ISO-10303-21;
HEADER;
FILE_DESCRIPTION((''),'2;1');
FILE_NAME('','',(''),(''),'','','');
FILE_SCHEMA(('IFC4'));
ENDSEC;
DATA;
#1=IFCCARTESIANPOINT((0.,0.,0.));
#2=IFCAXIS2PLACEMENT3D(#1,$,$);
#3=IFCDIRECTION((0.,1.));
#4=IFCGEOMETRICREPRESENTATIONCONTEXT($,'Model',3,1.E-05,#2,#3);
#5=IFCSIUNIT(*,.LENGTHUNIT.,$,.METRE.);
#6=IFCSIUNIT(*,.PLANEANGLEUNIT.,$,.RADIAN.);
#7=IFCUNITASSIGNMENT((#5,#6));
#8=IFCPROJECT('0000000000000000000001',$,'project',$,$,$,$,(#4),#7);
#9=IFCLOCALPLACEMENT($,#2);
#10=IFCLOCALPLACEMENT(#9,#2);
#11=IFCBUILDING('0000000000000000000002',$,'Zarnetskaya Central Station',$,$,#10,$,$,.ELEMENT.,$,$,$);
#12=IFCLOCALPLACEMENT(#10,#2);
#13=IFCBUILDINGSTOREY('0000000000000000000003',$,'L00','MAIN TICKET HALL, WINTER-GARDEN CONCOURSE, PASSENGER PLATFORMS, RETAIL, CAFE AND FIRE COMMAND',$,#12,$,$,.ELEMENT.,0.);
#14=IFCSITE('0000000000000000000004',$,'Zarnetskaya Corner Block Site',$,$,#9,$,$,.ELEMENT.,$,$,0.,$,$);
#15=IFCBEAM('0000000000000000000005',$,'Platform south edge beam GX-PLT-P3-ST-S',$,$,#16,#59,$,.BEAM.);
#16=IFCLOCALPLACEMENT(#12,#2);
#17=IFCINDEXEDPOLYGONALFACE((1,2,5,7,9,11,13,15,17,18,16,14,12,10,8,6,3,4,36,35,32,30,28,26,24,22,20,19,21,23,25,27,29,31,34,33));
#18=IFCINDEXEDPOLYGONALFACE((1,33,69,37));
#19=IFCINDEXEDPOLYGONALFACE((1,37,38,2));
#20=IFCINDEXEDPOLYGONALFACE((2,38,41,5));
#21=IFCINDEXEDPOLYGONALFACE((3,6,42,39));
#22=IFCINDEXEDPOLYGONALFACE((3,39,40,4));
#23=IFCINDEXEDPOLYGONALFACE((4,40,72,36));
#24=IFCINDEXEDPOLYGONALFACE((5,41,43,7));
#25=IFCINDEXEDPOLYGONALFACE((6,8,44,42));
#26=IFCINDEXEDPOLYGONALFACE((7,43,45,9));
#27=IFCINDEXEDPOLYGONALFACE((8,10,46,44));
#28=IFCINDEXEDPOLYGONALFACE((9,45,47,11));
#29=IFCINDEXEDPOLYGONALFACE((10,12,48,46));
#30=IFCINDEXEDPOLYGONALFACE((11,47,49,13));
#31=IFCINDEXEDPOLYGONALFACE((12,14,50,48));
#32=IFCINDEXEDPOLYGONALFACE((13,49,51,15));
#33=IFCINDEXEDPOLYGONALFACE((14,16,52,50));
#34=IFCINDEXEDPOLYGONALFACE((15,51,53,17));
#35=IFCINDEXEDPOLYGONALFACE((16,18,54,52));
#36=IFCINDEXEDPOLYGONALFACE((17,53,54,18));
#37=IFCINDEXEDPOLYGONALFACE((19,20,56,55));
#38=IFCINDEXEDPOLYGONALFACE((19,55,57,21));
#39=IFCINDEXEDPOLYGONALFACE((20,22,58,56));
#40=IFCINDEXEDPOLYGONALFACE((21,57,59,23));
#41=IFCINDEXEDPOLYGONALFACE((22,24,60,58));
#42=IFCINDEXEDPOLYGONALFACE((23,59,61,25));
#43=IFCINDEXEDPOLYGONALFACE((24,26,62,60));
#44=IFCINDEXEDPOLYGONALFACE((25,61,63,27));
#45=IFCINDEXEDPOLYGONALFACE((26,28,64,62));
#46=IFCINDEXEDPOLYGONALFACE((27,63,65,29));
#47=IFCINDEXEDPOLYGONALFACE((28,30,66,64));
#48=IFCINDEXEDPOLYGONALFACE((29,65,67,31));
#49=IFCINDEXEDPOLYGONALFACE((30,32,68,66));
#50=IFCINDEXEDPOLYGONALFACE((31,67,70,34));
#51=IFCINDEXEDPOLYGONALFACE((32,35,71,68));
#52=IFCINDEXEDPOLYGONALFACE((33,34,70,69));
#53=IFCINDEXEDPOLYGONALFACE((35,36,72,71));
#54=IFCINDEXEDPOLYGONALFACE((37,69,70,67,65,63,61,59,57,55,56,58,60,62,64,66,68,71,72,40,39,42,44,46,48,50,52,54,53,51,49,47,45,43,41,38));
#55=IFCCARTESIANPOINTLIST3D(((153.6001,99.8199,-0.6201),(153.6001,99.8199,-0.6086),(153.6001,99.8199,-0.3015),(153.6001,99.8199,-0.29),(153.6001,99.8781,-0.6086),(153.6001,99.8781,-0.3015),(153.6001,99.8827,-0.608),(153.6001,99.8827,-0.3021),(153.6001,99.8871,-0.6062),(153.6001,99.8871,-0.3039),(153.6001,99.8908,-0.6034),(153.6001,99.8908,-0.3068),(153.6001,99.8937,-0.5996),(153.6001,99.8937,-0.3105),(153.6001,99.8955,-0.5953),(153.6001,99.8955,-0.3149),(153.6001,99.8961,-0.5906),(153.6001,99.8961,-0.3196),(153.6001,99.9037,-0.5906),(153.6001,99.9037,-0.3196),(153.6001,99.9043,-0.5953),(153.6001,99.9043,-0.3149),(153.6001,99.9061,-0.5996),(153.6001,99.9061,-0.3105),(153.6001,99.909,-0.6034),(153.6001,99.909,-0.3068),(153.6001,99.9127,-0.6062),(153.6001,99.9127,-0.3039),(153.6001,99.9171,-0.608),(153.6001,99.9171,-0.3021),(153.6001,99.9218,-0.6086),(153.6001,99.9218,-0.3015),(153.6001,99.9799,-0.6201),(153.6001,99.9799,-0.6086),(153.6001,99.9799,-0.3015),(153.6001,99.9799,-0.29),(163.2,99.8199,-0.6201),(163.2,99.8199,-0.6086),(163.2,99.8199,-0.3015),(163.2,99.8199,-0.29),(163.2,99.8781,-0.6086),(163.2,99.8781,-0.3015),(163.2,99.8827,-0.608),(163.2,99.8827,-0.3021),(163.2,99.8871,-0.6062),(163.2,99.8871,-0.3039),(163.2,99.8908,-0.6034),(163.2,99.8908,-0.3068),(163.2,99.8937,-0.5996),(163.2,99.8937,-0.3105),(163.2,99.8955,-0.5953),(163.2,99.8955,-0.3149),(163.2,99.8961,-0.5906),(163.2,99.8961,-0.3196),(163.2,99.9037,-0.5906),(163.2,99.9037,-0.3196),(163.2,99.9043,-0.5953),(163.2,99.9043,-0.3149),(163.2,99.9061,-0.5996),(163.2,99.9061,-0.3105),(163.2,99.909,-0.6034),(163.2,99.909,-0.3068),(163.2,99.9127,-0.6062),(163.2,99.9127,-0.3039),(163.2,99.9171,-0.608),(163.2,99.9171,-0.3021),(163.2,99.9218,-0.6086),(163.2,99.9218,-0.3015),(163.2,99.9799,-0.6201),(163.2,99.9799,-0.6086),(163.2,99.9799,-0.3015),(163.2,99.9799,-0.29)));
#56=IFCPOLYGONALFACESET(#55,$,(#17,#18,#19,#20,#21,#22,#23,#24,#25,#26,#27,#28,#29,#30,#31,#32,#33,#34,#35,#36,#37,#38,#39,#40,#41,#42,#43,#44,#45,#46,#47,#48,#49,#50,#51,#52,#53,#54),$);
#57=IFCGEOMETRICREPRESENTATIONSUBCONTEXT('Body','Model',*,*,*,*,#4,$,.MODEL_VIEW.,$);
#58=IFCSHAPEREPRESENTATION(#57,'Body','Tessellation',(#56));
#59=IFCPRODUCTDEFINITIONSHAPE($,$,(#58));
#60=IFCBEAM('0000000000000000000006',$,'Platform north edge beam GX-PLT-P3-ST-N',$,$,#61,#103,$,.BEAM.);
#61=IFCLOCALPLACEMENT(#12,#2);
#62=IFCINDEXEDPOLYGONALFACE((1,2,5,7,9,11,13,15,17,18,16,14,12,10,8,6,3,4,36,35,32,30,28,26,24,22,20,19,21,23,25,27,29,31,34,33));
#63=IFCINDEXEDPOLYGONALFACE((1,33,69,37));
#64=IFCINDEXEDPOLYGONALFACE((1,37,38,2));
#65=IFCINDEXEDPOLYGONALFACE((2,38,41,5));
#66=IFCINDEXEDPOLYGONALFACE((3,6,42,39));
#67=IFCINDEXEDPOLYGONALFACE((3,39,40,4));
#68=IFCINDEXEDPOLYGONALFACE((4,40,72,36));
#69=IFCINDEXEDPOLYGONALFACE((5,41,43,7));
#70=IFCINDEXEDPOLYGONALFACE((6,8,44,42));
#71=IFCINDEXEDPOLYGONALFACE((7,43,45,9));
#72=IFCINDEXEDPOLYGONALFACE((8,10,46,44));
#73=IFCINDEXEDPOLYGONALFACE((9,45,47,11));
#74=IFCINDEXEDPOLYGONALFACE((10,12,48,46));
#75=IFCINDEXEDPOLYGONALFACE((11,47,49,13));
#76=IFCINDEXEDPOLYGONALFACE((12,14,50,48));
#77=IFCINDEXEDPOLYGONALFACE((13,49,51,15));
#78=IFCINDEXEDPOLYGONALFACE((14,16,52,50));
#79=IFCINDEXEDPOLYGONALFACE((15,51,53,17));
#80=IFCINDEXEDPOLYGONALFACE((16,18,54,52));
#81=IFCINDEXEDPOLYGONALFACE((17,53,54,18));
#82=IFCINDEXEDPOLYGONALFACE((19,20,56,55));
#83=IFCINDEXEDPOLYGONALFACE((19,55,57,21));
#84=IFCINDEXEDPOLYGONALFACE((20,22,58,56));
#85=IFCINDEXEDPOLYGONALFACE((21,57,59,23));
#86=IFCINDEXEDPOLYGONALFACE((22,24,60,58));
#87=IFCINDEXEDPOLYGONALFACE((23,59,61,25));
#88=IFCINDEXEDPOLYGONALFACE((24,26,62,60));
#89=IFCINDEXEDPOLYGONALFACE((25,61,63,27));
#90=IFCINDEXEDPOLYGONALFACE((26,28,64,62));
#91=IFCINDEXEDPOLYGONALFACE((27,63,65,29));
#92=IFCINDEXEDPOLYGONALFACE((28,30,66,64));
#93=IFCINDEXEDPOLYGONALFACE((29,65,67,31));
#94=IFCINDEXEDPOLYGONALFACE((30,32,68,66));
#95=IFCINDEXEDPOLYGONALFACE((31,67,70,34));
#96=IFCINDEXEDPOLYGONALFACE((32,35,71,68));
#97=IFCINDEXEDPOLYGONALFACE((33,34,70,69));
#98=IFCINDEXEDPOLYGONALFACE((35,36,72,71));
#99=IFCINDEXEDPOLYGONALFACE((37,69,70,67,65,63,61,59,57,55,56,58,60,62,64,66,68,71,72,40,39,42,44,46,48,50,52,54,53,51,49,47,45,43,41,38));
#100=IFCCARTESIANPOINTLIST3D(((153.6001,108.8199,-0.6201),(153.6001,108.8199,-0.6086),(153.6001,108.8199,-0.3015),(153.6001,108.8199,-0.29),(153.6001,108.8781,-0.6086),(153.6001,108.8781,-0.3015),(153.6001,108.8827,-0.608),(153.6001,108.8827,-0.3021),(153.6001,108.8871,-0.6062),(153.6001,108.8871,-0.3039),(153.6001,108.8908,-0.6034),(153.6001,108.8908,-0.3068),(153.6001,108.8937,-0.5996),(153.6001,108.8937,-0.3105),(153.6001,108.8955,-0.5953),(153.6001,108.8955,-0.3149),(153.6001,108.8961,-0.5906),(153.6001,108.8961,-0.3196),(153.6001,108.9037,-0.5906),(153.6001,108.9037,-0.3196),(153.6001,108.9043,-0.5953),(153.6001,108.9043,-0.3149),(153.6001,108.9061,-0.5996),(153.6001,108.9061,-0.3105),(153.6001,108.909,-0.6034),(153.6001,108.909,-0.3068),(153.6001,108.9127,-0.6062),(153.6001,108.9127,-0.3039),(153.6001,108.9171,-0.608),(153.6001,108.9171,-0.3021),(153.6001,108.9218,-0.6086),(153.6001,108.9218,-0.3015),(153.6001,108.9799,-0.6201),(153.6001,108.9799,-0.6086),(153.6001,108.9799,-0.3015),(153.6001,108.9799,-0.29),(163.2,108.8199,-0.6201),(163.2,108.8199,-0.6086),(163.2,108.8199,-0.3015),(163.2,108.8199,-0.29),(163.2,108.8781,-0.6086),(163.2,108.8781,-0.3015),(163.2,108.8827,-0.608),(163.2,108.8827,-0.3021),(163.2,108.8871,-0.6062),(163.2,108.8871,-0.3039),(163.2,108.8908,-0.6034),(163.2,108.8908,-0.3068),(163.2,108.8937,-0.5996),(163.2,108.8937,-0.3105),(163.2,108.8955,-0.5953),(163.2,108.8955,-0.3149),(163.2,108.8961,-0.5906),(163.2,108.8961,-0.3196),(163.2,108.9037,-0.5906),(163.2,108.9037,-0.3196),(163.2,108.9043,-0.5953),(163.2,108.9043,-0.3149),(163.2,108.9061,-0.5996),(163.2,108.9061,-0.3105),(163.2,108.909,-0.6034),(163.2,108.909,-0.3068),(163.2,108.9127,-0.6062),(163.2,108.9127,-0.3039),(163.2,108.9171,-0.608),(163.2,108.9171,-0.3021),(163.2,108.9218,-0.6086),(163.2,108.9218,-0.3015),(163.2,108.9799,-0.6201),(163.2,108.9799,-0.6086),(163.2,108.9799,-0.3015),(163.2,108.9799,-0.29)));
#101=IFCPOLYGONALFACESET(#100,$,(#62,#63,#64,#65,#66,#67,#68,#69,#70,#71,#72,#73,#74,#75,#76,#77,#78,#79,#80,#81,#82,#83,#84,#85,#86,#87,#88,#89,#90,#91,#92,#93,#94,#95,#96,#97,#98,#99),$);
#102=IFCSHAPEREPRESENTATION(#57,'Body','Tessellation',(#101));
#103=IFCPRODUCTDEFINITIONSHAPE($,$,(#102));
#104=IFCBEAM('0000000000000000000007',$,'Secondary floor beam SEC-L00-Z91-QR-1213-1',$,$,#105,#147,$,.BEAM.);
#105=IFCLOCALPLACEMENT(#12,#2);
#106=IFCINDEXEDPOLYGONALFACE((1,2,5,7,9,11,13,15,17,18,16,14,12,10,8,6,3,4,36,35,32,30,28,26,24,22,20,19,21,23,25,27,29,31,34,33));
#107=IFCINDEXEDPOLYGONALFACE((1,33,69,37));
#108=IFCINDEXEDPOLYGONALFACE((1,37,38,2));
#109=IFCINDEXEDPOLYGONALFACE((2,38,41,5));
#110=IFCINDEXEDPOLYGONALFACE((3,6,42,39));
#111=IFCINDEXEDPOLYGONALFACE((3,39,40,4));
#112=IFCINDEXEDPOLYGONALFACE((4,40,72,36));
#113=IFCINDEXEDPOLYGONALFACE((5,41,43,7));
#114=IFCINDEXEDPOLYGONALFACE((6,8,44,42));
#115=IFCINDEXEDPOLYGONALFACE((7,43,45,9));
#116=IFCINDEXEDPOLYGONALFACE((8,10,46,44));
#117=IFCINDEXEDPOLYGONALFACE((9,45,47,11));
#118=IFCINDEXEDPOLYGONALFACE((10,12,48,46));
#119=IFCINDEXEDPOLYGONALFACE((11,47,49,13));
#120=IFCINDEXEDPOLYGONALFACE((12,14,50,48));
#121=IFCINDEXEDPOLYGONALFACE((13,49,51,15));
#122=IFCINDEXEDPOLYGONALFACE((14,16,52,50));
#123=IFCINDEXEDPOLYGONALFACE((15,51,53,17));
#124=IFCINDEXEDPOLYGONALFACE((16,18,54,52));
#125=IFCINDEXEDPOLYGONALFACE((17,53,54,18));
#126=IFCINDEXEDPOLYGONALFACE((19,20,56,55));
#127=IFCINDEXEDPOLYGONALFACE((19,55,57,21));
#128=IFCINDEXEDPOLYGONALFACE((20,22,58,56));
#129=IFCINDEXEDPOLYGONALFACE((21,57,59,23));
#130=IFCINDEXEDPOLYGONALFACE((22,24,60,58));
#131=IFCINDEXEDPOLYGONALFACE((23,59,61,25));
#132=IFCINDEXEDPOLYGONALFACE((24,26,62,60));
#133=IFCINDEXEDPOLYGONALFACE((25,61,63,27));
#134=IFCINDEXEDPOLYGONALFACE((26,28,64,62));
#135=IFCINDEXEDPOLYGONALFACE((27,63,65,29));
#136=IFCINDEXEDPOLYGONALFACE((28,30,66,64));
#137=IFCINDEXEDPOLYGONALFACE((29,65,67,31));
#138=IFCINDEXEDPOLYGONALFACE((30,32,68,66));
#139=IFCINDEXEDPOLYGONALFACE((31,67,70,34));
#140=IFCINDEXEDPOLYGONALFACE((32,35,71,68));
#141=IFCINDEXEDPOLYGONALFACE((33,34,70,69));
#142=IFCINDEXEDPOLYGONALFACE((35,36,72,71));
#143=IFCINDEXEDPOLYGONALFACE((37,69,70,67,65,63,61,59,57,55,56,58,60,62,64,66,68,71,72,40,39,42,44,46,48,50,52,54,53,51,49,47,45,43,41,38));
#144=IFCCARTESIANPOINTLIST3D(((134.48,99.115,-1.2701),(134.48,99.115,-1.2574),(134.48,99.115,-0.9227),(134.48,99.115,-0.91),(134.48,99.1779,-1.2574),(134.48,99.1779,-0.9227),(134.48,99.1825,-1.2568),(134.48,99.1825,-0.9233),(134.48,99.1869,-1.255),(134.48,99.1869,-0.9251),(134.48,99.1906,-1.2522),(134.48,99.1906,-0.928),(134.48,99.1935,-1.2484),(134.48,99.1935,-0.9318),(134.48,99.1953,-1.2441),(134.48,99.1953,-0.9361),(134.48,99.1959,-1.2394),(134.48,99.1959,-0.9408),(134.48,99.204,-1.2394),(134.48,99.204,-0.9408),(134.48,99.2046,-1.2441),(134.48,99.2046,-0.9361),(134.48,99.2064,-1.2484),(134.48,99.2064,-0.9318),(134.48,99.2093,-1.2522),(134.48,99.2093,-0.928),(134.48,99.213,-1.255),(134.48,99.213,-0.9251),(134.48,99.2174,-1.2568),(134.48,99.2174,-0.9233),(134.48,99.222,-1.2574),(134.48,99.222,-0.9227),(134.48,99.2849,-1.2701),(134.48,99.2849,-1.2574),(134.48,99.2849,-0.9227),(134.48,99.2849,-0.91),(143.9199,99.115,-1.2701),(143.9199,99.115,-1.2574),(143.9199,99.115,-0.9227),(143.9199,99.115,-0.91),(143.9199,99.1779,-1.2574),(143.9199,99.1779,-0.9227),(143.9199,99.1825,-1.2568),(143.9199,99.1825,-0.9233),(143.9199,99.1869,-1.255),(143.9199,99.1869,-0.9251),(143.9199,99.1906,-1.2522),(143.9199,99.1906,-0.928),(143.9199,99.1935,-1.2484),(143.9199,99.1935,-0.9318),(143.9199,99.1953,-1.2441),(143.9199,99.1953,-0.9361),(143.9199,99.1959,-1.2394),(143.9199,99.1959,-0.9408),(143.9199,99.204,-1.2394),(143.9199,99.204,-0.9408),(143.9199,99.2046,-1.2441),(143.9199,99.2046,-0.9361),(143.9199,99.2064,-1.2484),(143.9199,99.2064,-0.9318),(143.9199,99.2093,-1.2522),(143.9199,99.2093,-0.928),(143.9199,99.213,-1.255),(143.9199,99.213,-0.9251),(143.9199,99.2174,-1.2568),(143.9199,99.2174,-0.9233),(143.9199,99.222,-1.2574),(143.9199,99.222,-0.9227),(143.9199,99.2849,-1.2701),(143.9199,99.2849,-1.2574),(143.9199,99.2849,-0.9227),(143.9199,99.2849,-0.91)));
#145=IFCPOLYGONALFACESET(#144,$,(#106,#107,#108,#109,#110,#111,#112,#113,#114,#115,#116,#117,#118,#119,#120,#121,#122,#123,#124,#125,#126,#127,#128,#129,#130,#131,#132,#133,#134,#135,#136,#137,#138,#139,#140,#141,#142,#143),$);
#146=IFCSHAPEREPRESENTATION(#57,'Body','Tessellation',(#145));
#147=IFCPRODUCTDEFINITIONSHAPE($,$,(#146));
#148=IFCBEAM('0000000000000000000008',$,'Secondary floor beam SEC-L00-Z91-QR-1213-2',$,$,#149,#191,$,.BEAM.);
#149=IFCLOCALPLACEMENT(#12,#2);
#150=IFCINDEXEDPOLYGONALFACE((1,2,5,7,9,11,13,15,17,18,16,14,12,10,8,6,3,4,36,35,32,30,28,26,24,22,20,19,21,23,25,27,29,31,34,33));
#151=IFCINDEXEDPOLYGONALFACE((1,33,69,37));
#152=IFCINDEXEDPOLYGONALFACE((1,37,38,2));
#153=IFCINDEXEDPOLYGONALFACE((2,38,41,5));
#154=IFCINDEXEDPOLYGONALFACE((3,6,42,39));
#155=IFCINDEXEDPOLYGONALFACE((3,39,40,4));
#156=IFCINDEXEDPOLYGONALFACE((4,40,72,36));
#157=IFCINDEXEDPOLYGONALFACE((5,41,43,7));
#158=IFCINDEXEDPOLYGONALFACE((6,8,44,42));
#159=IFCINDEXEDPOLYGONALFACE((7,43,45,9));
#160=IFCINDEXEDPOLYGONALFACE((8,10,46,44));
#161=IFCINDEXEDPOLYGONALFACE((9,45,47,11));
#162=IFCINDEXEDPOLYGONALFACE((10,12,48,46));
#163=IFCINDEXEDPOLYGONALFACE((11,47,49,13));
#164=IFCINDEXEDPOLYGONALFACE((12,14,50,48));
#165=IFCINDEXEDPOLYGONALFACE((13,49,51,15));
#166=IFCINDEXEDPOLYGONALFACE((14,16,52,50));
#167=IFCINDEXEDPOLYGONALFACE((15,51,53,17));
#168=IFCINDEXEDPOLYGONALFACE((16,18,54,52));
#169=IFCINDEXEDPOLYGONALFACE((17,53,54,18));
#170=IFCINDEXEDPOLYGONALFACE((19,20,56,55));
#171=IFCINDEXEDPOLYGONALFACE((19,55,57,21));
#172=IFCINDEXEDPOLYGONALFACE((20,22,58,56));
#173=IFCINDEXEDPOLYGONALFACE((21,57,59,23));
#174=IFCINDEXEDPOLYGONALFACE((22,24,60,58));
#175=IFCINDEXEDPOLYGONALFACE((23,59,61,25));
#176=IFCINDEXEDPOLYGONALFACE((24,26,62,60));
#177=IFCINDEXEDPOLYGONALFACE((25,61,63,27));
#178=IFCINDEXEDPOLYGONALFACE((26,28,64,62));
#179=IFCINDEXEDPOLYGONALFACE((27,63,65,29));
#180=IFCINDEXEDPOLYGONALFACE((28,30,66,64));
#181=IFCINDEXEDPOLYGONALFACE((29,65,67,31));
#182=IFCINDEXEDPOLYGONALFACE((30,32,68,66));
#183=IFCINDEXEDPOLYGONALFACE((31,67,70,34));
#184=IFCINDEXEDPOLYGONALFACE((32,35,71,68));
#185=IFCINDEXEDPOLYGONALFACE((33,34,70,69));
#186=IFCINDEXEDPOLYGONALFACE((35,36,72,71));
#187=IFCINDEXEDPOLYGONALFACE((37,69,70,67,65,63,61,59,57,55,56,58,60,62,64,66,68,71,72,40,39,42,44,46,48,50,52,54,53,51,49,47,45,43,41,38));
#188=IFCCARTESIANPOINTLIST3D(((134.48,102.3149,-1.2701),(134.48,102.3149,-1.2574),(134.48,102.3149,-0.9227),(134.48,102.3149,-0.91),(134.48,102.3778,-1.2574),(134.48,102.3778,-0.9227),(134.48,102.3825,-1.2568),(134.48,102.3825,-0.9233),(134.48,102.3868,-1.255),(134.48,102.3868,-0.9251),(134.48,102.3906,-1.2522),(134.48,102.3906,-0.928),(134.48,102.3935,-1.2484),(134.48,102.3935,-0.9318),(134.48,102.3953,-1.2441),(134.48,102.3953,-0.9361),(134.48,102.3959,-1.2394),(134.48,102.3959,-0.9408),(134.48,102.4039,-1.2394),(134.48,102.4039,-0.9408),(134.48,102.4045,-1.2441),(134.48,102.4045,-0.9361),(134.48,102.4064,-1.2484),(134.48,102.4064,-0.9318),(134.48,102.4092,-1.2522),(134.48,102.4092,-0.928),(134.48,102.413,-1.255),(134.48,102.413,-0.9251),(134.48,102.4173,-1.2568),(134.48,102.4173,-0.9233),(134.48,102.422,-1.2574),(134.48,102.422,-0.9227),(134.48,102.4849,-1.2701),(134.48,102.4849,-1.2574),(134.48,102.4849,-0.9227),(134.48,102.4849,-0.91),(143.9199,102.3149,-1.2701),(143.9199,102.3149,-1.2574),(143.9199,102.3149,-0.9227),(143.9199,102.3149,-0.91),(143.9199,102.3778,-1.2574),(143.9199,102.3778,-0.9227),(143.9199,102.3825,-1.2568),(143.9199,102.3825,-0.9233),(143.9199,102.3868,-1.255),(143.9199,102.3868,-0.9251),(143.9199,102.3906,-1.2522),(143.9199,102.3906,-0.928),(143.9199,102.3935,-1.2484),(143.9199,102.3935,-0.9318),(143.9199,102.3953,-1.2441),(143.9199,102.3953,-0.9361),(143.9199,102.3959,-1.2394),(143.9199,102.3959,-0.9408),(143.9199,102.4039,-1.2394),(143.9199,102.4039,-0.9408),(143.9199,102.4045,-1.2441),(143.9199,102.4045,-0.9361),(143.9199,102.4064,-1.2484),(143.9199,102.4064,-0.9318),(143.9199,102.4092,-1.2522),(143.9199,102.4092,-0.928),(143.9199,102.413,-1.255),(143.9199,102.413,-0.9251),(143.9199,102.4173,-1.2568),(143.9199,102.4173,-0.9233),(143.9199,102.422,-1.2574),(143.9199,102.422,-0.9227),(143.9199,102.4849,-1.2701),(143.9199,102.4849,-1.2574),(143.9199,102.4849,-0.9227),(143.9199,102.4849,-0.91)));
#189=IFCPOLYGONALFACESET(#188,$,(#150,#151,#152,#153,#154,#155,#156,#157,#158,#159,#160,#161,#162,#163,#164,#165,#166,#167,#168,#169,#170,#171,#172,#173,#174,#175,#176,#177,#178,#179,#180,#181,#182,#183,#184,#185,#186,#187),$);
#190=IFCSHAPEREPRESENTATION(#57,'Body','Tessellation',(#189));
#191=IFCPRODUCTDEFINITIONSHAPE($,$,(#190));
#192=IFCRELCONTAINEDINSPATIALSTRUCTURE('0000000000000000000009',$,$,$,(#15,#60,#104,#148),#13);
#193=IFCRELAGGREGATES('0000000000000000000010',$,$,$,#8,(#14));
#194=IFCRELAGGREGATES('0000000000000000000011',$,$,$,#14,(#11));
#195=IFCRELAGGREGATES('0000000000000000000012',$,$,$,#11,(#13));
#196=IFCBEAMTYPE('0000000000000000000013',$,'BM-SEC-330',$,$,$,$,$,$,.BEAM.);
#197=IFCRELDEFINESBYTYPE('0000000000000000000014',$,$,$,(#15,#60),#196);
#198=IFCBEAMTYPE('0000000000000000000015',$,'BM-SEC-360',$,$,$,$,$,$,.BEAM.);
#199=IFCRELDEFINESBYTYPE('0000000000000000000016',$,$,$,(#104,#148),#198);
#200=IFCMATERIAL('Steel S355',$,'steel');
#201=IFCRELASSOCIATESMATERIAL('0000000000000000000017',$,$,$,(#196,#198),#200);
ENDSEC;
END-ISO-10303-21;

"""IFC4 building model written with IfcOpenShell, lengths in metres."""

from ifc_helpers import new_model, si_unit, direction, frame, origin, origin_2d, place, context, subcontext, project, spatial, i_section, extrude, material, material_profile, profile_set, type_object, element, save


model = new_model("IFC4")

# Units and contexts
model_context = context("Model", 3, precision=1e-05, world=origin(), true_north=direction((0.0, 1.0)))
body_context = subcontext(model_context, "Body", "Model", "MODEL_VIEW")
ifc_project = project(units=[si_unit("LENGTHUNIT", "METRE"), si_unit("PLANEANGLEUNIT", "RADIAN")], contexts=[model_context])

# Site, building, storey
site_placement = place(None, origin())
site = spatial("IfcSite", under=ifc_project, at=site_placement, Name="Zarnetskaya Corner Block Site", CompositionType="ELEMENT", RefElevation=0.0)
building_placement = place(site_placement, origin())
building = spatial("IfcBuilding", under=site, at=building_placement, Name="Zarnetskaya Central Station", CompositionType="ELEMENT")
storey_placement = place(building_placement, origin())
storey = spatial("IfcBuildingStorey", under=building, at=storey_placement, Name="L00", Description="MAIN TICKET HALL, WINTER-GARDEN CONCOURSE, PASSENGER PLATFORMS, RETAIL, CAFE AND FIRE COMMAND", CompositionType="ELEMENT", Elevation=0.0)

# Shared definitions
ifc_material = material(Name="Steel S355", Category="steel")

# Beams
ifc_material_profile_1 = material_profile(ifc_material, i_section(OverallWidth=0.1599, OverallDepth=0.3301, WebThickness=0.0076, FlangeThickness=0.0115, FilletRadius=0.0181, at=origin_2d()), Name="IPE 330")
ifc_profile_set_1 = profile_set([ifc_material_profile_1], Name="Steel S355")
beam_type_1 = type_object("IfcBeamType", Name="BM-SEC-330", PredefinedType="BEAM", material=ifc_profile_set_1)
for number, where, z_axis, x_axis, name in (
    (1, (153.6001, 99.8999, -0.4551), (1.0, 0.0, 0.0), (0.0, 1.0, 0.0), "Platform south edge beam GX-PLT-P3-ST-S"),
    (2, (153.6001, 108.8999, -0.4551), (1.0, 0.0, 0.0), (0.0, 1.0, 0.0), "Platform north edge beam GX-PLT-P3-ST-N"),
):
    element("IfcBeam", number, at=place(storey_placement, frame(where, z_axis=z_axis, x_axis=x_axis)), inside=storey, type_object=beam_type_1, Name=name, PredefinedType="BEAM", context=body_context, shape_type="SweptSolid", body=[
        extrude(i_section(OverallWidth=0.1599, OverallDepth=0.3301, WebThickness=0.0076, FlangeThickness=0.0115, FilletRadius=0.0181, at=origin_2d()), origin(), (0.0, 0.0, 1.0), 9.5999),
    ])
ifc_material_profile_2 = material_profile(ifc_material, i_section(OverallWidth=0.1699, OverallDepth=0.3601, WebThickness=0.0081, FlangeThickness=0.0127, FilletRadius=0.0181, at=origin_2d()), Name="IPE 360")
ifc_profile_set_2 = profile_set([ifc_material_profile_2], Name="Steel S355")
beam_type_2 = type_object("IfcBeamType", Name="BM-SEC-360", PredefinedType="BEAM", material=ifc_profile_set_2)
for number, where, z_axis, x_axis, name in (
    (3, (134.48, 99.2, -1.0901), (1.0, 0.0, 0.0), (0.0, 1.0, 0.0), "Secondary floor beam SEC-L00-Z91-QR-1213-1"),
    (4, (134.48, 102.3999, -1.0901), (1.0, 0.0, 0.0), (0.0, 1.0, 0.0), "Secondary floor beam SEC-L00-Z91-QR-1213-2"),
):
    element("IfcBeam", number, at=place(storey_placement, frame(where, z_axis=z_axis, x_axis=x_axis)), inside=storey, type_object=beam_type_2, Name=name, PredefinedType="BEAM", context=body_context, shape_type="SweptSolid", body=[
        extrude(i_section(OverallWidth=0.1699, OverallDepth=0.3601, WebThickness=0.0081, FlangeThickness=0.0127, FilletRadius=0.0181, at=origin_2d()), origin(), (0.0, 0.0, 1.0), 9.4399),
    ])

save(model, "model.ifc")
